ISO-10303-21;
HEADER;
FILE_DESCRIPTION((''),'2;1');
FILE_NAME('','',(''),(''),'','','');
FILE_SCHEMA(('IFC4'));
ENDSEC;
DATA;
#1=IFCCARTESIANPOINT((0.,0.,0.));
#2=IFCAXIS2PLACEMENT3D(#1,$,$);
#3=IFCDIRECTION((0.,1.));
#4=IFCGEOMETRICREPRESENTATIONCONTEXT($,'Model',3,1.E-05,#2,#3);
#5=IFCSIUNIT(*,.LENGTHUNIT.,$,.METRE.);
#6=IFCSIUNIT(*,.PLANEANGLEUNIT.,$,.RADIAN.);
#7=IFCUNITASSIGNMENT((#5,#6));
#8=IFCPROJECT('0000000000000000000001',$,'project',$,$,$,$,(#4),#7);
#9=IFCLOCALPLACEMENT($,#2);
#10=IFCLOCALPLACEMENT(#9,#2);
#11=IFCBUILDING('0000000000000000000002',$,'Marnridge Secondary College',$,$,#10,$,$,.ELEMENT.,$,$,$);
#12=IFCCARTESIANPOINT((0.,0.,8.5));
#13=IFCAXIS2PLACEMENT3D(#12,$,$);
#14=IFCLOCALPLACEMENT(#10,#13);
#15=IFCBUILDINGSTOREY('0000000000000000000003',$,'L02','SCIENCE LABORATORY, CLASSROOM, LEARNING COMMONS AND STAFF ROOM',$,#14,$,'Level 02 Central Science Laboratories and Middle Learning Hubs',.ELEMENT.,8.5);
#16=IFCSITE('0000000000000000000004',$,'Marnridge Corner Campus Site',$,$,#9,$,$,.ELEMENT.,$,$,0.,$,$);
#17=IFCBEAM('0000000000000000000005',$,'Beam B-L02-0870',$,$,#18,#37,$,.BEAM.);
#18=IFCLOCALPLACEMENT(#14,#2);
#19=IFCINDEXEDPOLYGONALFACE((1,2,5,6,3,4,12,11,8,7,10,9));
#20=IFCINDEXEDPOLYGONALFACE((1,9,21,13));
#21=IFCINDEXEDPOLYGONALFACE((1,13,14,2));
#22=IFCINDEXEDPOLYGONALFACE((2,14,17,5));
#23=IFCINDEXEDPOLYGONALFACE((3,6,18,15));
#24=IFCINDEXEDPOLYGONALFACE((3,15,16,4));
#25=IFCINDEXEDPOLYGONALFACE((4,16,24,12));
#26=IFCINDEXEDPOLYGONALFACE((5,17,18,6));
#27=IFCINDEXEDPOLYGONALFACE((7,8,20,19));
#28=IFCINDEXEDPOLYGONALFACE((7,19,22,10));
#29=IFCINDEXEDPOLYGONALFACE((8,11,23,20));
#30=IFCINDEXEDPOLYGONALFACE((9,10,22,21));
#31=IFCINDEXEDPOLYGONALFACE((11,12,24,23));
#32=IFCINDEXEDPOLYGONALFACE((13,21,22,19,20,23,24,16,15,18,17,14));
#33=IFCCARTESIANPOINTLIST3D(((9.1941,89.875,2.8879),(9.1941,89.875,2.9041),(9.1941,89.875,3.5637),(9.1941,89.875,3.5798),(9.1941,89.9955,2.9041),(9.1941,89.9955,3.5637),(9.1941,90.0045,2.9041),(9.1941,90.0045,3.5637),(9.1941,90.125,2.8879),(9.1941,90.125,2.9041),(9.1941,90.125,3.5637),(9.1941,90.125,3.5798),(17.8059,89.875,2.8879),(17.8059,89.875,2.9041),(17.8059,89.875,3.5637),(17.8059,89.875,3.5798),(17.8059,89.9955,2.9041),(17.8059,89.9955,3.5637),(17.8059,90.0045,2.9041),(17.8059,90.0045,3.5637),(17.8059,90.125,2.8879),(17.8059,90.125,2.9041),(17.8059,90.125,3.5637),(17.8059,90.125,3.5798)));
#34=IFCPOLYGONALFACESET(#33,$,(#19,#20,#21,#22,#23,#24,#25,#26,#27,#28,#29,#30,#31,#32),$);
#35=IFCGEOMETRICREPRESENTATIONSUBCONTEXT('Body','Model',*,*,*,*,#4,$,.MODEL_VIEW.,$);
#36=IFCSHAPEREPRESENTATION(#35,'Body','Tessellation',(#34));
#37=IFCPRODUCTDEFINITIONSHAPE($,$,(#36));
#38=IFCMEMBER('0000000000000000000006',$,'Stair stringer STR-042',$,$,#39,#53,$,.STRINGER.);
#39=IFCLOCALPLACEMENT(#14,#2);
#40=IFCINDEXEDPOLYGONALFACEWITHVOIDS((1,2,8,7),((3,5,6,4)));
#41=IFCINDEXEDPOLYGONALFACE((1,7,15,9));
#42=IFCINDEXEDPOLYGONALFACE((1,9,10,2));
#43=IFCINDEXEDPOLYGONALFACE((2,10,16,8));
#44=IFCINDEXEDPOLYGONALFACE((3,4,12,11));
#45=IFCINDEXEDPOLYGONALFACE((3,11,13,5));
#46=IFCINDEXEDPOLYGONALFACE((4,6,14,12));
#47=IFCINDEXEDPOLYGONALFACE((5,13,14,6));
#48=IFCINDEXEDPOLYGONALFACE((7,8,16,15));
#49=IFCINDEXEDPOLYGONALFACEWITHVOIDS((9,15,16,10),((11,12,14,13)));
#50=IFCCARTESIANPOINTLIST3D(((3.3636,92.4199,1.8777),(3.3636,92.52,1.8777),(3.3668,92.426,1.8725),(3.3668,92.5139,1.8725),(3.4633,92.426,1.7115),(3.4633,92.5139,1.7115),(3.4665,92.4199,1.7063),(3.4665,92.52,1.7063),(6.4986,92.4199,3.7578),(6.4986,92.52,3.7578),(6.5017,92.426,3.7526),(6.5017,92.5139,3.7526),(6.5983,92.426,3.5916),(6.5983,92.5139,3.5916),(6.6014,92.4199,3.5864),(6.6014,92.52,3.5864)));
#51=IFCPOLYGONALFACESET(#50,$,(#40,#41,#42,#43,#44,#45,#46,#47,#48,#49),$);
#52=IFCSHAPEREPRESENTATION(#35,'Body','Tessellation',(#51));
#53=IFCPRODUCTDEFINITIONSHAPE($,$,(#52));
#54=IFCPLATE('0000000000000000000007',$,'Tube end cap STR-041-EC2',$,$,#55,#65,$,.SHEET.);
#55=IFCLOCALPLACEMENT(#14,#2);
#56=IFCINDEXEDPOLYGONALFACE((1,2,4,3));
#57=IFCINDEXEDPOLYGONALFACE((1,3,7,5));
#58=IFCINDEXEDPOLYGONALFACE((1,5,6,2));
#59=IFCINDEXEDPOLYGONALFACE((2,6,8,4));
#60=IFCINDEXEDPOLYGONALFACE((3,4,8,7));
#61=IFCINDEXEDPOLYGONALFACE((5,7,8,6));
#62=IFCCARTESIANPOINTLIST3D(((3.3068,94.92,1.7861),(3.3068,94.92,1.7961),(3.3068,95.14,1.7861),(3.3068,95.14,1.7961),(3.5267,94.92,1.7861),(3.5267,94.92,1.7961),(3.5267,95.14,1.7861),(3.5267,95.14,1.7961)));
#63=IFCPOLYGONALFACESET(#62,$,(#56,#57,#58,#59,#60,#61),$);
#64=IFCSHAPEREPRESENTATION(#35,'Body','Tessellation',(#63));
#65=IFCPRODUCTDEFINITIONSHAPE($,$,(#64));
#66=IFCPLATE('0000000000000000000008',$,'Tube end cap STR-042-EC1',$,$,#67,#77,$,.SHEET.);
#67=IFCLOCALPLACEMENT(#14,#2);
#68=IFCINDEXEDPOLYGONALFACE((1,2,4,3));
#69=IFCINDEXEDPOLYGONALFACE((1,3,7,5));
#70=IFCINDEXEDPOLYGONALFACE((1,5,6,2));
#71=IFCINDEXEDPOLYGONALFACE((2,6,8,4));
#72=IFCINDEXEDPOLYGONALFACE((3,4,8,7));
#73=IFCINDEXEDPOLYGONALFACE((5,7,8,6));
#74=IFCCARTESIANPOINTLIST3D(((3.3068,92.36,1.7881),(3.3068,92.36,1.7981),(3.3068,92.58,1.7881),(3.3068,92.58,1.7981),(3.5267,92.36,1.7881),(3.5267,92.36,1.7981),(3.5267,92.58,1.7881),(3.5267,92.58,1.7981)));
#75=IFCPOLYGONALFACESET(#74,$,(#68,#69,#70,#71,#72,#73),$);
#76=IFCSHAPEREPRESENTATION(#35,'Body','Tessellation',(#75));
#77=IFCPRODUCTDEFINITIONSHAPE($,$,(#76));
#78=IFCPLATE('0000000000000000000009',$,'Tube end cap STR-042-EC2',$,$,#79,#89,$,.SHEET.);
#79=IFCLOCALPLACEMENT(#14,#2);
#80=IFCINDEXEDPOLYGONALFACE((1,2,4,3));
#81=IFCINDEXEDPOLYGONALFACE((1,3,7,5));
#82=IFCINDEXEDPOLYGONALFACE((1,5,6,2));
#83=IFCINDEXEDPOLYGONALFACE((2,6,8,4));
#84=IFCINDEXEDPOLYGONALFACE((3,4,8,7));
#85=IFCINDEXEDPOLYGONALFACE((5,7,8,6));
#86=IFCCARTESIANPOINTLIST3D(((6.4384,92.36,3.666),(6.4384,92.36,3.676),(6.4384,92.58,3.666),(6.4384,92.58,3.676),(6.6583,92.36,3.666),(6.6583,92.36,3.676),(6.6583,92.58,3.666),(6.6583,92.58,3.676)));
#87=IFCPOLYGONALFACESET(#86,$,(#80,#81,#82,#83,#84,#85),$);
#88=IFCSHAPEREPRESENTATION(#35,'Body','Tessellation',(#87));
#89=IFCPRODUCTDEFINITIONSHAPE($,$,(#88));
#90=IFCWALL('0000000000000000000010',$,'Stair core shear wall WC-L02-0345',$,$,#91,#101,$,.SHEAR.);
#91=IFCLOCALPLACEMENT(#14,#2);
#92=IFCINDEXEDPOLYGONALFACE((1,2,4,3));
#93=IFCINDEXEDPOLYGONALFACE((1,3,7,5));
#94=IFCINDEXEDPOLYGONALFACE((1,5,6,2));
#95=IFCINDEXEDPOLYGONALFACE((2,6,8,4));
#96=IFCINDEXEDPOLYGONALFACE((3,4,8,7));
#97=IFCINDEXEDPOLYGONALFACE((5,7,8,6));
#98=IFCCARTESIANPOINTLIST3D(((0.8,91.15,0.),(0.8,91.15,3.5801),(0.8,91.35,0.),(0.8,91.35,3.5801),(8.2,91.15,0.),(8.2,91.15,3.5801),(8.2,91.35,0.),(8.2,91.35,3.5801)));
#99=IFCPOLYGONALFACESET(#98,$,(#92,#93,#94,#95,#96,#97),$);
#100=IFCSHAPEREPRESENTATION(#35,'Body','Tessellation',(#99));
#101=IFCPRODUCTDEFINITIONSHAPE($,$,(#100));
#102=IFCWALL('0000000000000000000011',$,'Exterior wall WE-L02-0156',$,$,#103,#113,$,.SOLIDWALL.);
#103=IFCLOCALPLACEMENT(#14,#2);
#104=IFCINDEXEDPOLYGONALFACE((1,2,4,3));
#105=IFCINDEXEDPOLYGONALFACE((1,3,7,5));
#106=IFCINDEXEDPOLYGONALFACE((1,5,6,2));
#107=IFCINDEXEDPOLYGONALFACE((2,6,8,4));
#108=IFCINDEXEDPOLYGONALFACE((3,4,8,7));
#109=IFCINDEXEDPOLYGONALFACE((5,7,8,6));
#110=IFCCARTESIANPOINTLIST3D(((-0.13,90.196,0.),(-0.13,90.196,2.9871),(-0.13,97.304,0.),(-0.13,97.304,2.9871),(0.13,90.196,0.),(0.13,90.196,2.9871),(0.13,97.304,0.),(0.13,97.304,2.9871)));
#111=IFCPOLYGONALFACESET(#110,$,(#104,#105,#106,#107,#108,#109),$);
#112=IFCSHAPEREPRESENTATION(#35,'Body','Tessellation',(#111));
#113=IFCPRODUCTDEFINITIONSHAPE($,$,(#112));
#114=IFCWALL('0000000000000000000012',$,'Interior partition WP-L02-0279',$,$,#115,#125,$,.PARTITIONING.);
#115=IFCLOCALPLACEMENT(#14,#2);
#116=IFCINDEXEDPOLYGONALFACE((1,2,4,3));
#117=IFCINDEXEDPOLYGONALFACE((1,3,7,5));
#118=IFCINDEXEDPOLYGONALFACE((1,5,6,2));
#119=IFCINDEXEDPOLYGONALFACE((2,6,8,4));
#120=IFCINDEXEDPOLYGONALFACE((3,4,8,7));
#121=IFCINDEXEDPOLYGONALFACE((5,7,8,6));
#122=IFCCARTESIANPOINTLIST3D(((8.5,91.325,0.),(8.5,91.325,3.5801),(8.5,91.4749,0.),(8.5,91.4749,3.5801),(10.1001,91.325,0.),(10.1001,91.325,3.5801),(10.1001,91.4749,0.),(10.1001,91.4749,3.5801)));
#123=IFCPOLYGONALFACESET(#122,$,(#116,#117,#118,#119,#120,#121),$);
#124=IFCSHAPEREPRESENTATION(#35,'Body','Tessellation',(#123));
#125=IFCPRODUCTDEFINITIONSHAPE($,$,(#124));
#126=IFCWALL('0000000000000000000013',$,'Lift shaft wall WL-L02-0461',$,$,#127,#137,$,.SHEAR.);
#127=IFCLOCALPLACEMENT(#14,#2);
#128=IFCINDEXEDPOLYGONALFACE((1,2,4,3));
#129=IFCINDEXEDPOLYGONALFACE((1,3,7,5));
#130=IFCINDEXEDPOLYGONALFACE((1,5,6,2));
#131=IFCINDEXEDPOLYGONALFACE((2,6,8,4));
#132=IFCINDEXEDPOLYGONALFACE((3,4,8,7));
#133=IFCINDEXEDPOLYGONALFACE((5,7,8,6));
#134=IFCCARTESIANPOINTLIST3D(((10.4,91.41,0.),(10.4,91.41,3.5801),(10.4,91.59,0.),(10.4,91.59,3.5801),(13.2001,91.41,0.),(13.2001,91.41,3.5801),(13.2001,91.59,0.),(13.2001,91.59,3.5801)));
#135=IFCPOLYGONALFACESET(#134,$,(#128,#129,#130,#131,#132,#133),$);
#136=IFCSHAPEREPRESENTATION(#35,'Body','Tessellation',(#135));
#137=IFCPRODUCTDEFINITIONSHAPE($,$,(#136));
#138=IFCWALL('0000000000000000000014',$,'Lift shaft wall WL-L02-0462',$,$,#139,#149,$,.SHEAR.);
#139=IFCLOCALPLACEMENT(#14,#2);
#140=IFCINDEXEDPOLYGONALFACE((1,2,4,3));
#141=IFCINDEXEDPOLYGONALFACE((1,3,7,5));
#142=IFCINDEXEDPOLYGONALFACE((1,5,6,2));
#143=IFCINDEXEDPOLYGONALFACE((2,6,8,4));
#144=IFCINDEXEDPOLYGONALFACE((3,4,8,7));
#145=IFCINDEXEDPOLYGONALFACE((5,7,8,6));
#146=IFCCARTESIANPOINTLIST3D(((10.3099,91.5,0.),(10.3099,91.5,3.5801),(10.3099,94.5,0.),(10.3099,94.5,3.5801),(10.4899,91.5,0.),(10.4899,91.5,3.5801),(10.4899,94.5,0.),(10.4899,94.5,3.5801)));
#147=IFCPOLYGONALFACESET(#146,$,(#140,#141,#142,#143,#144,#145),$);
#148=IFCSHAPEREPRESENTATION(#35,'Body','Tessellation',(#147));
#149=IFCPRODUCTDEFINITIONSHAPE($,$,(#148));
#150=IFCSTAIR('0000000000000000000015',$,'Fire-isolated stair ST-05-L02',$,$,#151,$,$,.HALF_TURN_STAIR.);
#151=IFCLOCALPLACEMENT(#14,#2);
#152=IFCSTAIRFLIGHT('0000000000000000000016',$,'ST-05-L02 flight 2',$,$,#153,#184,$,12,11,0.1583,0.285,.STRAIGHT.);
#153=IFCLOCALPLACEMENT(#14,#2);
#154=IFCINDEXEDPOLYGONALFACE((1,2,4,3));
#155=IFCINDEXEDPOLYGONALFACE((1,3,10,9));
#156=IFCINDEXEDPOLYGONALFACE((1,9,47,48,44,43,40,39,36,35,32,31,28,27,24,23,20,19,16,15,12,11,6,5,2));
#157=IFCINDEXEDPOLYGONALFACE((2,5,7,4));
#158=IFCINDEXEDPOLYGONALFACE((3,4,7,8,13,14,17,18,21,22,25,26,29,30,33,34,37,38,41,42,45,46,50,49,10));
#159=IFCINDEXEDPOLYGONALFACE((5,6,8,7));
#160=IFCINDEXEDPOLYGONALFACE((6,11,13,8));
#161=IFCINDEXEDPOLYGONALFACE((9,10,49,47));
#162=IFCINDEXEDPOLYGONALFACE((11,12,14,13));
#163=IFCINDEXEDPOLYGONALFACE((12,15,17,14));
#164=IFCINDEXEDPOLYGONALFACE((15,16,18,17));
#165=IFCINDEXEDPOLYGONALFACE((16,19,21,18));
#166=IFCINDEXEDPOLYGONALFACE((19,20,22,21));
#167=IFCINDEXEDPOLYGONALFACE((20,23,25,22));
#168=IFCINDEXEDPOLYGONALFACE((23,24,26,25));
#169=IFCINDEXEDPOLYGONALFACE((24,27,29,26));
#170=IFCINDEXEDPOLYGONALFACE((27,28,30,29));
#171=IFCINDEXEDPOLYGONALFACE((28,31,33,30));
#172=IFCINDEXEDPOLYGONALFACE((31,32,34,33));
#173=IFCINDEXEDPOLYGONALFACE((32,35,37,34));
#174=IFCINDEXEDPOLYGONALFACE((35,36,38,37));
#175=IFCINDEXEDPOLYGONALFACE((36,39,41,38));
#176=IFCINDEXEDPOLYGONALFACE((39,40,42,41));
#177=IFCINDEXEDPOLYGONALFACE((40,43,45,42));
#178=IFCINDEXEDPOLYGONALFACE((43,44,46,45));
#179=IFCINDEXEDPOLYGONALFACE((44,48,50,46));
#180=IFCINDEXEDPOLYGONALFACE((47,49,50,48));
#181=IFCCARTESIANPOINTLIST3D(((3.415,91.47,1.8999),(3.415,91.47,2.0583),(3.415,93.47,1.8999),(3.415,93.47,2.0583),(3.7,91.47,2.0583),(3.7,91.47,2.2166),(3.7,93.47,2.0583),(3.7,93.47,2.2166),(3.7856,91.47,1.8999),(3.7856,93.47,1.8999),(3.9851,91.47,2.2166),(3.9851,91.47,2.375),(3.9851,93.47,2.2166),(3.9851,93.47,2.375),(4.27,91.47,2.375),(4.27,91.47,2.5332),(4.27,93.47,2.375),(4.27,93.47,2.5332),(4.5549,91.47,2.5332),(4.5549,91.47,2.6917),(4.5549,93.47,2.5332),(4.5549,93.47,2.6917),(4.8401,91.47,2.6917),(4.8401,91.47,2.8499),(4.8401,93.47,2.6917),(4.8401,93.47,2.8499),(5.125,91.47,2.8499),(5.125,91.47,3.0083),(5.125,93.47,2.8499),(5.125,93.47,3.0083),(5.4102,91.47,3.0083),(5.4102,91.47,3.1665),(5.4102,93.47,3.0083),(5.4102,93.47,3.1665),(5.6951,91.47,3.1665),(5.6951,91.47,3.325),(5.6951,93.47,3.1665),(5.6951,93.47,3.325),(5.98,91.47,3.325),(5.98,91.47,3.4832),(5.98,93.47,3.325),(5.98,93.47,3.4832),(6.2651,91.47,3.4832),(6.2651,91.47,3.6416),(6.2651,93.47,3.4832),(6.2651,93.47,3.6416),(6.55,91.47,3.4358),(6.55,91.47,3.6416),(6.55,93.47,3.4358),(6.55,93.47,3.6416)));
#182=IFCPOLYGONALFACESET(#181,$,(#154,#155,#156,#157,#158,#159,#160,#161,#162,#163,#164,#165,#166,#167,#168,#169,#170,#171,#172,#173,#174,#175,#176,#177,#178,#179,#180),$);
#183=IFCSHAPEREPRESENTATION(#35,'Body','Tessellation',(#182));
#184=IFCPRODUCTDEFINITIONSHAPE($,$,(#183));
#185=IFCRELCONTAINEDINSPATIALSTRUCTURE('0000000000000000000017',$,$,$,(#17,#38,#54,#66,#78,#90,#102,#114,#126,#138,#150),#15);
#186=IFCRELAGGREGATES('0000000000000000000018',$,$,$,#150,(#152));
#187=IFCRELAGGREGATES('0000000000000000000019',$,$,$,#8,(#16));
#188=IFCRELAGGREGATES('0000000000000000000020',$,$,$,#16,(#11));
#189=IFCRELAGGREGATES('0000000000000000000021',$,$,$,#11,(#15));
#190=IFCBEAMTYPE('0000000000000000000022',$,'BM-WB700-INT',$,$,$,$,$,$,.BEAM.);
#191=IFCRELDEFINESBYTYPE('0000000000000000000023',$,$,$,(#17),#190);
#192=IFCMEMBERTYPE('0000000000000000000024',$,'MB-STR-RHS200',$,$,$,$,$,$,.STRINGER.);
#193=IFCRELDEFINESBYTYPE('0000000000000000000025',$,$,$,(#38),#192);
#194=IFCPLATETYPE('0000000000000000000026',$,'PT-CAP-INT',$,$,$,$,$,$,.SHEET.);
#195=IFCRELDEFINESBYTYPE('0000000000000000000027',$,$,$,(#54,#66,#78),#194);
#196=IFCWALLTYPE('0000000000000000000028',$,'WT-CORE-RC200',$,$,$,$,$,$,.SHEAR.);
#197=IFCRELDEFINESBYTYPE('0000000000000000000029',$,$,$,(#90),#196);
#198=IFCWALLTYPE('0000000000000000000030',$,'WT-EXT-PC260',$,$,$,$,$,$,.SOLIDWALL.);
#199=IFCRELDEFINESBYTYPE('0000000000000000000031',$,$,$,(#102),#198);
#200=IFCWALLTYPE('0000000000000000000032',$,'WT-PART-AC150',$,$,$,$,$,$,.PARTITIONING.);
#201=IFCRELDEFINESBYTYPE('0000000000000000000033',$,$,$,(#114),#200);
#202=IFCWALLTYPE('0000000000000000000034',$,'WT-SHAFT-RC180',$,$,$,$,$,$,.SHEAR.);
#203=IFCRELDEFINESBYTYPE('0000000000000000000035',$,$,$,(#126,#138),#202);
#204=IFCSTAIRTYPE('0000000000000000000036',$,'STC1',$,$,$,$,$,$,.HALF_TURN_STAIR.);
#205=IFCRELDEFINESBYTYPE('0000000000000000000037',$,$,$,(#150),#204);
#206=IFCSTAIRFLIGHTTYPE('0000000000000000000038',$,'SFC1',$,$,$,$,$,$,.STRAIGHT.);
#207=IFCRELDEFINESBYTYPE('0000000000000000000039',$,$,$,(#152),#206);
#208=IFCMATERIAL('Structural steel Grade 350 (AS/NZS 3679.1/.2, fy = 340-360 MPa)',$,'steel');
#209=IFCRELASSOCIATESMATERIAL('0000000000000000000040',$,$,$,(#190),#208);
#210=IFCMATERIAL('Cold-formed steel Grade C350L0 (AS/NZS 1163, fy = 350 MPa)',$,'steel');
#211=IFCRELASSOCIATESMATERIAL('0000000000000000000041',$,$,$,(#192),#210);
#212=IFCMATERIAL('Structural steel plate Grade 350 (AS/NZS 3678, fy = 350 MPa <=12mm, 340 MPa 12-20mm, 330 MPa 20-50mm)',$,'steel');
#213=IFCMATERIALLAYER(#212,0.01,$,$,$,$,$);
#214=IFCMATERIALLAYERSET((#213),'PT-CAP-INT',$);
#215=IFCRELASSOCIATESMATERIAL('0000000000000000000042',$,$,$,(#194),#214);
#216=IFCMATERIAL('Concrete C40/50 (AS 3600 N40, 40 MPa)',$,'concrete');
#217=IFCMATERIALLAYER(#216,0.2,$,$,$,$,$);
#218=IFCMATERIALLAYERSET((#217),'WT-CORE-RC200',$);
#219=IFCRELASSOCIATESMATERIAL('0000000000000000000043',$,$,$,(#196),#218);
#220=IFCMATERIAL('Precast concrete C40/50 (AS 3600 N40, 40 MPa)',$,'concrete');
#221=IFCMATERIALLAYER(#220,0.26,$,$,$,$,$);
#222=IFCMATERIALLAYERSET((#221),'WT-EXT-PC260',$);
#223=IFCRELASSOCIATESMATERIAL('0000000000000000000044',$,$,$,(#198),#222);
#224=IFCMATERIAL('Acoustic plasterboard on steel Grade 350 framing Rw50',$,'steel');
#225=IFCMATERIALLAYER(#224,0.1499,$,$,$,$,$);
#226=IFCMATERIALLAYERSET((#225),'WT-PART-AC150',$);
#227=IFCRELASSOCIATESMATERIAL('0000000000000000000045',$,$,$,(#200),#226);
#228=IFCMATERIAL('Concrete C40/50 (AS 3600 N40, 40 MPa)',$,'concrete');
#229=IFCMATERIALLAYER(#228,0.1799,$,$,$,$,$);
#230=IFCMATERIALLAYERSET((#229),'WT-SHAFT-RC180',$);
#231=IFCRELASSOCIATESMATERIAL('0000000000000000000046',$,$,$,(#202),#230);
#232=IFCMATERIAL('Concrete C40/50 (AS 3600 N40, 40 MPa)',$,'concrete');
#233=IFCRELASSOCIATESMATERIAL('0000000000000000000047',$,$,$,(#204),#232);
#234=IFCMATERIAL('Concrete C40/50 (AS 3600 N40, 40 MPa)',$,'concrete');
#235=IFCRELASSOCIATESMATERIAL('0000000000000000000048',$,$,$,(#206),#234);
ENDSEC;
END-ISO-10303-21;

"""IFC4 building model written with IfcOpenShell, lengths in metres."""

from ifc_helpers import new_model, si_unit, direction, frame, frame_2d, origin, origin_2d, place, context, subcontext, project, spatial, polyline, rectangle, hollow_rectangle, i_section, outline, extrude, material, layer, layer_set, material_profile, profile_set, type_object, element, aggregate, save


model = new_model("IFC4")

# Units and contexts
model_context = context("Model", 3, precision=1e-05, world=origin(), true_north=direction((0.0, 1.0)))
body_context = subcontext(model_context, "Body", "Model", "MODEL_VIEW")
ifc_project = project(units=[si_unit("LENGTHUNIT", "METRE"), si_unit("PLANEANGLEUNIT", "RADIAN")], contexts=[model_context])

# Site, building, storey
site_placement = place(None, origin())
site = spatial("IfcSite", under=ifc_project, at=site_placement, Name="Marnridge Corner Campus Site", CompositionType="ELEMENT", RefElevation=0.0)
building_placement = place(site_placement, origin())
building = spatial("IfcBuilding", under=site, at=building_placement, Name="Marnridge Secondary College", CompositionType="ELEMENT")
storey_placement = place(building_placement, frame((0.0, 0.0, 8.5)))
storey = spatial("IfcBuildingStorey", under=building, at=storey_placement, Name="L02", Description="SCIENCE LABORATORY, CLASSROOM, LEARNING COMMONS AND STAFF ROOM", LongName="Level 02 Central Science Laboratories and Middle Learning Hubs", CompositionType="ELEMENT", Elevation=8.5)

# Beam
ifc_material_1 = material(Name="Structural steel Grade 350 (AS/NZS 3679.1/.2, fy = 340-360 MPa)", Category="steel")
ifc_material_profile_1 = material_profile(ifc_material_1, i_section(OverallWidth=0.25, OverallDepth=0.6919, WebThickness=0.009, FlangeThickness=0.0161, at=origin_2d()), Name="700WB115")
ifc_profile_set_1 = profile_set([ifc_material_profile_1], Name="Structural steel Grade 350 (AS/NZS 3679.1/.2, fy = 340-360 MPa)")
beam_type_1 = type_object("IfcBeamType", Name="BM-WB700-INT", PredefinedType="BEAM", material=ifc_profile_set_1)
beam_1_placement = place(storey_placement, frame((9.1941, 90.0, 3.2339), z_axis=(1.0, 0.0, 0.0), x_axis=(0.0, 1.0, 0.0)))
element("IfcBeam", 1, at=beam_1_placement, inside=storey, type_object=beam_type_1, Name="Beam B-L02-0870", PredefinedType="BEAM", context=body_context, shape_type="SweptSolid", body=[
    extrude(i_section(OverallWidth=0.25, OverallDepth=0.6919, WebThickness=0.009, FlangeThickness=0.0161, at=origin_2d()), origin(), (0.0, 0.0, 1.0), 8.6118),
])

# Member
ifc_material_2 = material(Name="Cold-formed steel Grade C350L0 (AS/NZS 1163, fy = 350 MPa)", Category="steel")
ifc_material_profile_2 = material_profile(ifc_material_2, hollow_rectangle(XDim=0.1001, YDim=0.2, WallThickness=0.0061, at=origin_2d()), Name="200x100x6.0RHS")
ifc_profile_set_2 = profile_set([ifc_material_profile_2], Name="Cold-formed steel Grade C350L0 (AS/NZS 1163, fy = 350 MPa)")
member_type = type_object("IfcMemberType", Name="MB-STR-RHS200", PredefinedType="STRINGER", material=ifc_profile_set_2)
member_placement = place(storey_placement, frame((3.415, 92.47, 1.792), z_axis=(0.857599, 0.0, 0.514319), x_axis=(0.0, 1.0, 0.0)))
element("IfcMember", 2, at=member_placement, inside=storey, type_object=member_type, Name="Stair stringer STR-042", PredefinedType="STRINGER", context=body_context, shape_type="SweptSolid", body=[
    extrude(hollow_rectangle(XDim=0.1001, YDim=0.2, WallThickness=0.0061, at=origin_2d()), origin(), (0.0, 0.0, 1.0), 3.6555),
])

# Plates
ifc_material_3 = material(Name="Structural steel plate Grade 350 (AS/NZS 3678, fy = 350 MPa <=12mm, 340 MPa 12-20mm, 330 MPa 20-50mm)", Category="steel")
ifc_layer_1 = layer(ifc_material_3, 0.01)
ifc_layer_set_1 = layer_set([ifc_layer_1], Name="PT-CAP-INT")
plate_type = type_object("IfcPlateType", Name="PT-CAP-INT", PredefinedType="SHEET", material=ifc_layer_set_1)
for number, where, z_axis, x_axis, name in (
    (3, (3.4167, 95.03, 1.7861), (0.0, 0.0, 1.0), (-1.0, 0.0, 0.0), "Tube end cap STR-041-EC2"),
    (4, (3.4167, 92.47, 1.7881), (0.0, 0.0, 1.0), (1.0, 0.0, 0.0), "Tube end cap STR-042-EC1"),
    (5, (6.5483, 92.47, 3.666), (0.0, 0.0, 1.0), (1.0, 0.0, 0.0), "Tube end cap STR-042-EC2"),
):
    element("IfcPlate", number, at=place(storey_placement, frame(where, z_axis=z_axis, x_axis=x_axis)), inside=storey, type_object=plate_type, Name=name, PredefinedType="SHEET", context=body_context, shape_type="SweptSolid", body=[
        extrude(rectangle(XDim=0.22, YDim=0.22, at=origin_2d()), origin(), (0.0, 0.0, 1.0), 0.01),
    ])

# Wall
ifc_material_4 = material(Name="Concrete C40/50 (AS 3600 N40, 40 MPa)", Category="concrete")
ifc_layer_2 = layer(ifc_material_4, 0.2)
ifc_layer_set_2 = layer_set([ifc_layer_2], Name="WT-CORE-RC200")
wall_type_1 = type_object("IfcWallType", Name="WT-CORE-RC200", PredefinedType="SHEAR", material=ifc_layer_set_2)
wall_1_placement = place(storey_placement, frame((0.8, 91.25, 0.0), z_axis=(0.0, 0.0, 1.0), x_axis=(1.0, 0.0, 0.0)))
element("IfcWall", 6, at=wall_1_placement, inside=storey, type_object=wall_type_1, Name="Stair core shear wall WC-L02-0345", PredefinedType="SHEAR", context=body_context, shape_type="SweptSolid", body=[
    extrude(rectangle(XDim=7.3999, YDim=0.2, at=frame_2d((3.7, 0.0))), origin(), (0.0, 0.0, 1.0), 3.5801),
])

# Walls
ifc_material_5 = material(Name="Precast concrete C40/50 (AS 3600 N40, 40 MPa)", Category="concrete")
ifc_layer_3 = layer(ifc_material_5, 0.26)
ifc_layer_set_3 = layer_set([ifc_layer_3], Name="WT-EXT-PC260")
wall_type_2 = type_object("IfcWallType", Name="WT-EXT-PC260", PredefinedType="SOLIDWALL", material=ifc_layer_set_3)
wall_2_placement = place(storey_placement, frame((0.0, 90.196, 0.0), z_axis=(0.0, 0.0, 1.0), x_axis=(0.0, 1.0, 0.0)))
element("IfcWall", 7, at=wall_2_placement, inside=storey, type_object=wall_type_2, Name="Exterior wall WE-L02-0156", PredefinedType="SOLIDWALL", context=body_context, shape_type="SweptSolid", body=[
    extrude(rectangle(XDim=7.1079, YDim=0.26, at=frame_2d((3.554, 0.0))), origin(), (0.0, 0.0, 1.0), 2.9871),
])
ifc_material_6 = material(Name="Acoustic plasterboard on steel Grade 350 framing Rw50", Category="steel")
ifc_layer_4 = layer(ifc_material_6, 0.1499)
ifc_layer_set_4 = layer_set([ifc_layer_4], Name="WT-PART-AC150")
wall_type_3 = type_object("IfcWallType", Name="WT-PART-AC150", PredefinedType="PARTITIONING", material=ifc_layer_set_4)
wall_3_placement = place(storey_placement, frame((10.1001, 91.3999, 0.0), z_axis=(0.0, 0.0, 1.0), x_axis=(-1.0, 0.0, 0.0)))
element("IfcWall", 8, at=wall_3_placement, inside=storey, type_object=wall_type_3, Name="Interior partition WP-L02-0279", PredefinedType="PARTITIONING", context=body_context, shape_type="SweptSolid", body=[
    extrude(rectangle(XDim=1.6001, YDim=0.1499, at=frame_2d((0.8, 0.0))), origin(), (0.0, 0.0, 1.0), 3.5801),
])
ifc_material_7 = material(Name="Concrete C40/50 (AS 3600 N40, 40 MPa)", Category="concrete")
ifc_layer_5 = layer(ifc_material_7, 0.1799)
ifc_layer_set_5 = layer_set([ifc_layer_5], Name="WT-SHAFT-RC180")
wall_type_4 = type_object("IfcWallType", Name="WT-SHAFT-RC180", PredefinedType="SHEAR", material=ifc_layer_set_5)
wall_4_placement = place(storey_placement, frame((13.2, 91.5, 0.0), z_axis=(0.0, 0.0, 1.0), x_axis=(-1.0, 0.0, 0.0)))
element("IfcWall", 9, at=wall_4_placement, inside=storey, type_object=wall_type_4, Name="Lift shaft wall WL-L02-0461", PredefinedType="SHEAR", context=body_context, shape_type="SweptSolid", body=[
    extrude(rectangle(XDim=2.8, YDim=0.1799, at=frame_2d((1.3999, 0.0))), origin(), (0.0, 0.0, 1.0), 3.5801),
])
wall_5_placement = place(storey_placement, frame((10.3999, 91.5, 0.0), z_axis=(0.0, 0.0, 1.0), x_axis=(0.0, 1.0, 0.0)))
element("IfcWall", 10, at=wall_5_placement, inside=storey, type_object=wall_type_4, Name="Lift shaft wall WL-L02-0462", PredefinedType="SHEAR", context=body_context, shape_type="SweptSolid", body=[
    extrude(rectangle(XDim=3.0, YDim=0.1799, at=frame_2d((1.5, 0.0))), origin(), (0.0, 0.0, 1.0), 3.5801),
])

# Stair, stair flight
ifc_material_8 = material(Name="Concrete C40/50 (AS 3600 N40, 40 MPa)", Category="concrete")
stair_type = type_object("IfcStairType", Name="STC1", PredefinedType="HALF_TURN_STAIR", material=ifc_material_8)
stair_placement = place(storey_placement, origin())
stair = element("IfcStair", 11, at=stair_placement, inside=storey, type_object=stair_type, Name="Fire-isolated stair ST-05-L02", PredefinedType="HALF_TURN_STAIR")
ifc_material_9 = material(Name="Concrete C40/50 (AS 3600 N40, 40 MPa)", Category="concrete")
stair_flight_type = type_object("IfcStairFlightType", Name="SFC1", PredefinedType="STRAIGHT", material=ifc_material_9)
stair_flight_placement = place(storey_placement, frame((3.415, 92.47, 1.8999), z_axis=(0.0, 0.0, 1.0), x_axis=(1.0, 0.0, 0.0)))
stair_flight = element("IfcStairFlight", 12, at=stair_flight_placement, type_object=stair_flight_type, Name="ST-05-L02 flight 2", NumberOfRisers=12, NumberOfTreads=11, PredefinedType="STRAIGHT", RiserHeight=0.1583, TreadLength=0.285, context=body_context, shape_type="SweptSolid", body=[
    extrude(outline(polyline([(0.0, 0.0), (0.0, 0.1584), (0.2849, 0.1584), (0.2849, 0.3167), (0.5701, 0.3167), (0.5701, 0.4751), (0.855, 0.4751), (0.855, 0.6333), (1.1399, 0.6333), (1.1399, 0.7917), (1.425, 0.7917), (1.425, 0.95), (1.71, 0.95), (1.71, 1.1084), (1.9951, 1.1084), (1.9951, 1.2666), (2.28, 1.2666), (2.28, 1.425), (2.5649, 1.425), (2.5649, 1.5833), (2.8501, 1.5833), (2.8501, 1.7417), (3.135, 1.7417), (3.135, 1.8999), (3.135, 1.5359), (0.3706, 0.0), (0.0, 0.0)])), frame((0.0, 1.0, 0.0), z_axis=(0.0, -1.0, 0.0), x_axis=(1.0, 0.0, 0.0)), (0.0, 0.0, 1.0), 2.0),
])
aggregate(stair, [stair_flight])

save(model, "model.ifc")
